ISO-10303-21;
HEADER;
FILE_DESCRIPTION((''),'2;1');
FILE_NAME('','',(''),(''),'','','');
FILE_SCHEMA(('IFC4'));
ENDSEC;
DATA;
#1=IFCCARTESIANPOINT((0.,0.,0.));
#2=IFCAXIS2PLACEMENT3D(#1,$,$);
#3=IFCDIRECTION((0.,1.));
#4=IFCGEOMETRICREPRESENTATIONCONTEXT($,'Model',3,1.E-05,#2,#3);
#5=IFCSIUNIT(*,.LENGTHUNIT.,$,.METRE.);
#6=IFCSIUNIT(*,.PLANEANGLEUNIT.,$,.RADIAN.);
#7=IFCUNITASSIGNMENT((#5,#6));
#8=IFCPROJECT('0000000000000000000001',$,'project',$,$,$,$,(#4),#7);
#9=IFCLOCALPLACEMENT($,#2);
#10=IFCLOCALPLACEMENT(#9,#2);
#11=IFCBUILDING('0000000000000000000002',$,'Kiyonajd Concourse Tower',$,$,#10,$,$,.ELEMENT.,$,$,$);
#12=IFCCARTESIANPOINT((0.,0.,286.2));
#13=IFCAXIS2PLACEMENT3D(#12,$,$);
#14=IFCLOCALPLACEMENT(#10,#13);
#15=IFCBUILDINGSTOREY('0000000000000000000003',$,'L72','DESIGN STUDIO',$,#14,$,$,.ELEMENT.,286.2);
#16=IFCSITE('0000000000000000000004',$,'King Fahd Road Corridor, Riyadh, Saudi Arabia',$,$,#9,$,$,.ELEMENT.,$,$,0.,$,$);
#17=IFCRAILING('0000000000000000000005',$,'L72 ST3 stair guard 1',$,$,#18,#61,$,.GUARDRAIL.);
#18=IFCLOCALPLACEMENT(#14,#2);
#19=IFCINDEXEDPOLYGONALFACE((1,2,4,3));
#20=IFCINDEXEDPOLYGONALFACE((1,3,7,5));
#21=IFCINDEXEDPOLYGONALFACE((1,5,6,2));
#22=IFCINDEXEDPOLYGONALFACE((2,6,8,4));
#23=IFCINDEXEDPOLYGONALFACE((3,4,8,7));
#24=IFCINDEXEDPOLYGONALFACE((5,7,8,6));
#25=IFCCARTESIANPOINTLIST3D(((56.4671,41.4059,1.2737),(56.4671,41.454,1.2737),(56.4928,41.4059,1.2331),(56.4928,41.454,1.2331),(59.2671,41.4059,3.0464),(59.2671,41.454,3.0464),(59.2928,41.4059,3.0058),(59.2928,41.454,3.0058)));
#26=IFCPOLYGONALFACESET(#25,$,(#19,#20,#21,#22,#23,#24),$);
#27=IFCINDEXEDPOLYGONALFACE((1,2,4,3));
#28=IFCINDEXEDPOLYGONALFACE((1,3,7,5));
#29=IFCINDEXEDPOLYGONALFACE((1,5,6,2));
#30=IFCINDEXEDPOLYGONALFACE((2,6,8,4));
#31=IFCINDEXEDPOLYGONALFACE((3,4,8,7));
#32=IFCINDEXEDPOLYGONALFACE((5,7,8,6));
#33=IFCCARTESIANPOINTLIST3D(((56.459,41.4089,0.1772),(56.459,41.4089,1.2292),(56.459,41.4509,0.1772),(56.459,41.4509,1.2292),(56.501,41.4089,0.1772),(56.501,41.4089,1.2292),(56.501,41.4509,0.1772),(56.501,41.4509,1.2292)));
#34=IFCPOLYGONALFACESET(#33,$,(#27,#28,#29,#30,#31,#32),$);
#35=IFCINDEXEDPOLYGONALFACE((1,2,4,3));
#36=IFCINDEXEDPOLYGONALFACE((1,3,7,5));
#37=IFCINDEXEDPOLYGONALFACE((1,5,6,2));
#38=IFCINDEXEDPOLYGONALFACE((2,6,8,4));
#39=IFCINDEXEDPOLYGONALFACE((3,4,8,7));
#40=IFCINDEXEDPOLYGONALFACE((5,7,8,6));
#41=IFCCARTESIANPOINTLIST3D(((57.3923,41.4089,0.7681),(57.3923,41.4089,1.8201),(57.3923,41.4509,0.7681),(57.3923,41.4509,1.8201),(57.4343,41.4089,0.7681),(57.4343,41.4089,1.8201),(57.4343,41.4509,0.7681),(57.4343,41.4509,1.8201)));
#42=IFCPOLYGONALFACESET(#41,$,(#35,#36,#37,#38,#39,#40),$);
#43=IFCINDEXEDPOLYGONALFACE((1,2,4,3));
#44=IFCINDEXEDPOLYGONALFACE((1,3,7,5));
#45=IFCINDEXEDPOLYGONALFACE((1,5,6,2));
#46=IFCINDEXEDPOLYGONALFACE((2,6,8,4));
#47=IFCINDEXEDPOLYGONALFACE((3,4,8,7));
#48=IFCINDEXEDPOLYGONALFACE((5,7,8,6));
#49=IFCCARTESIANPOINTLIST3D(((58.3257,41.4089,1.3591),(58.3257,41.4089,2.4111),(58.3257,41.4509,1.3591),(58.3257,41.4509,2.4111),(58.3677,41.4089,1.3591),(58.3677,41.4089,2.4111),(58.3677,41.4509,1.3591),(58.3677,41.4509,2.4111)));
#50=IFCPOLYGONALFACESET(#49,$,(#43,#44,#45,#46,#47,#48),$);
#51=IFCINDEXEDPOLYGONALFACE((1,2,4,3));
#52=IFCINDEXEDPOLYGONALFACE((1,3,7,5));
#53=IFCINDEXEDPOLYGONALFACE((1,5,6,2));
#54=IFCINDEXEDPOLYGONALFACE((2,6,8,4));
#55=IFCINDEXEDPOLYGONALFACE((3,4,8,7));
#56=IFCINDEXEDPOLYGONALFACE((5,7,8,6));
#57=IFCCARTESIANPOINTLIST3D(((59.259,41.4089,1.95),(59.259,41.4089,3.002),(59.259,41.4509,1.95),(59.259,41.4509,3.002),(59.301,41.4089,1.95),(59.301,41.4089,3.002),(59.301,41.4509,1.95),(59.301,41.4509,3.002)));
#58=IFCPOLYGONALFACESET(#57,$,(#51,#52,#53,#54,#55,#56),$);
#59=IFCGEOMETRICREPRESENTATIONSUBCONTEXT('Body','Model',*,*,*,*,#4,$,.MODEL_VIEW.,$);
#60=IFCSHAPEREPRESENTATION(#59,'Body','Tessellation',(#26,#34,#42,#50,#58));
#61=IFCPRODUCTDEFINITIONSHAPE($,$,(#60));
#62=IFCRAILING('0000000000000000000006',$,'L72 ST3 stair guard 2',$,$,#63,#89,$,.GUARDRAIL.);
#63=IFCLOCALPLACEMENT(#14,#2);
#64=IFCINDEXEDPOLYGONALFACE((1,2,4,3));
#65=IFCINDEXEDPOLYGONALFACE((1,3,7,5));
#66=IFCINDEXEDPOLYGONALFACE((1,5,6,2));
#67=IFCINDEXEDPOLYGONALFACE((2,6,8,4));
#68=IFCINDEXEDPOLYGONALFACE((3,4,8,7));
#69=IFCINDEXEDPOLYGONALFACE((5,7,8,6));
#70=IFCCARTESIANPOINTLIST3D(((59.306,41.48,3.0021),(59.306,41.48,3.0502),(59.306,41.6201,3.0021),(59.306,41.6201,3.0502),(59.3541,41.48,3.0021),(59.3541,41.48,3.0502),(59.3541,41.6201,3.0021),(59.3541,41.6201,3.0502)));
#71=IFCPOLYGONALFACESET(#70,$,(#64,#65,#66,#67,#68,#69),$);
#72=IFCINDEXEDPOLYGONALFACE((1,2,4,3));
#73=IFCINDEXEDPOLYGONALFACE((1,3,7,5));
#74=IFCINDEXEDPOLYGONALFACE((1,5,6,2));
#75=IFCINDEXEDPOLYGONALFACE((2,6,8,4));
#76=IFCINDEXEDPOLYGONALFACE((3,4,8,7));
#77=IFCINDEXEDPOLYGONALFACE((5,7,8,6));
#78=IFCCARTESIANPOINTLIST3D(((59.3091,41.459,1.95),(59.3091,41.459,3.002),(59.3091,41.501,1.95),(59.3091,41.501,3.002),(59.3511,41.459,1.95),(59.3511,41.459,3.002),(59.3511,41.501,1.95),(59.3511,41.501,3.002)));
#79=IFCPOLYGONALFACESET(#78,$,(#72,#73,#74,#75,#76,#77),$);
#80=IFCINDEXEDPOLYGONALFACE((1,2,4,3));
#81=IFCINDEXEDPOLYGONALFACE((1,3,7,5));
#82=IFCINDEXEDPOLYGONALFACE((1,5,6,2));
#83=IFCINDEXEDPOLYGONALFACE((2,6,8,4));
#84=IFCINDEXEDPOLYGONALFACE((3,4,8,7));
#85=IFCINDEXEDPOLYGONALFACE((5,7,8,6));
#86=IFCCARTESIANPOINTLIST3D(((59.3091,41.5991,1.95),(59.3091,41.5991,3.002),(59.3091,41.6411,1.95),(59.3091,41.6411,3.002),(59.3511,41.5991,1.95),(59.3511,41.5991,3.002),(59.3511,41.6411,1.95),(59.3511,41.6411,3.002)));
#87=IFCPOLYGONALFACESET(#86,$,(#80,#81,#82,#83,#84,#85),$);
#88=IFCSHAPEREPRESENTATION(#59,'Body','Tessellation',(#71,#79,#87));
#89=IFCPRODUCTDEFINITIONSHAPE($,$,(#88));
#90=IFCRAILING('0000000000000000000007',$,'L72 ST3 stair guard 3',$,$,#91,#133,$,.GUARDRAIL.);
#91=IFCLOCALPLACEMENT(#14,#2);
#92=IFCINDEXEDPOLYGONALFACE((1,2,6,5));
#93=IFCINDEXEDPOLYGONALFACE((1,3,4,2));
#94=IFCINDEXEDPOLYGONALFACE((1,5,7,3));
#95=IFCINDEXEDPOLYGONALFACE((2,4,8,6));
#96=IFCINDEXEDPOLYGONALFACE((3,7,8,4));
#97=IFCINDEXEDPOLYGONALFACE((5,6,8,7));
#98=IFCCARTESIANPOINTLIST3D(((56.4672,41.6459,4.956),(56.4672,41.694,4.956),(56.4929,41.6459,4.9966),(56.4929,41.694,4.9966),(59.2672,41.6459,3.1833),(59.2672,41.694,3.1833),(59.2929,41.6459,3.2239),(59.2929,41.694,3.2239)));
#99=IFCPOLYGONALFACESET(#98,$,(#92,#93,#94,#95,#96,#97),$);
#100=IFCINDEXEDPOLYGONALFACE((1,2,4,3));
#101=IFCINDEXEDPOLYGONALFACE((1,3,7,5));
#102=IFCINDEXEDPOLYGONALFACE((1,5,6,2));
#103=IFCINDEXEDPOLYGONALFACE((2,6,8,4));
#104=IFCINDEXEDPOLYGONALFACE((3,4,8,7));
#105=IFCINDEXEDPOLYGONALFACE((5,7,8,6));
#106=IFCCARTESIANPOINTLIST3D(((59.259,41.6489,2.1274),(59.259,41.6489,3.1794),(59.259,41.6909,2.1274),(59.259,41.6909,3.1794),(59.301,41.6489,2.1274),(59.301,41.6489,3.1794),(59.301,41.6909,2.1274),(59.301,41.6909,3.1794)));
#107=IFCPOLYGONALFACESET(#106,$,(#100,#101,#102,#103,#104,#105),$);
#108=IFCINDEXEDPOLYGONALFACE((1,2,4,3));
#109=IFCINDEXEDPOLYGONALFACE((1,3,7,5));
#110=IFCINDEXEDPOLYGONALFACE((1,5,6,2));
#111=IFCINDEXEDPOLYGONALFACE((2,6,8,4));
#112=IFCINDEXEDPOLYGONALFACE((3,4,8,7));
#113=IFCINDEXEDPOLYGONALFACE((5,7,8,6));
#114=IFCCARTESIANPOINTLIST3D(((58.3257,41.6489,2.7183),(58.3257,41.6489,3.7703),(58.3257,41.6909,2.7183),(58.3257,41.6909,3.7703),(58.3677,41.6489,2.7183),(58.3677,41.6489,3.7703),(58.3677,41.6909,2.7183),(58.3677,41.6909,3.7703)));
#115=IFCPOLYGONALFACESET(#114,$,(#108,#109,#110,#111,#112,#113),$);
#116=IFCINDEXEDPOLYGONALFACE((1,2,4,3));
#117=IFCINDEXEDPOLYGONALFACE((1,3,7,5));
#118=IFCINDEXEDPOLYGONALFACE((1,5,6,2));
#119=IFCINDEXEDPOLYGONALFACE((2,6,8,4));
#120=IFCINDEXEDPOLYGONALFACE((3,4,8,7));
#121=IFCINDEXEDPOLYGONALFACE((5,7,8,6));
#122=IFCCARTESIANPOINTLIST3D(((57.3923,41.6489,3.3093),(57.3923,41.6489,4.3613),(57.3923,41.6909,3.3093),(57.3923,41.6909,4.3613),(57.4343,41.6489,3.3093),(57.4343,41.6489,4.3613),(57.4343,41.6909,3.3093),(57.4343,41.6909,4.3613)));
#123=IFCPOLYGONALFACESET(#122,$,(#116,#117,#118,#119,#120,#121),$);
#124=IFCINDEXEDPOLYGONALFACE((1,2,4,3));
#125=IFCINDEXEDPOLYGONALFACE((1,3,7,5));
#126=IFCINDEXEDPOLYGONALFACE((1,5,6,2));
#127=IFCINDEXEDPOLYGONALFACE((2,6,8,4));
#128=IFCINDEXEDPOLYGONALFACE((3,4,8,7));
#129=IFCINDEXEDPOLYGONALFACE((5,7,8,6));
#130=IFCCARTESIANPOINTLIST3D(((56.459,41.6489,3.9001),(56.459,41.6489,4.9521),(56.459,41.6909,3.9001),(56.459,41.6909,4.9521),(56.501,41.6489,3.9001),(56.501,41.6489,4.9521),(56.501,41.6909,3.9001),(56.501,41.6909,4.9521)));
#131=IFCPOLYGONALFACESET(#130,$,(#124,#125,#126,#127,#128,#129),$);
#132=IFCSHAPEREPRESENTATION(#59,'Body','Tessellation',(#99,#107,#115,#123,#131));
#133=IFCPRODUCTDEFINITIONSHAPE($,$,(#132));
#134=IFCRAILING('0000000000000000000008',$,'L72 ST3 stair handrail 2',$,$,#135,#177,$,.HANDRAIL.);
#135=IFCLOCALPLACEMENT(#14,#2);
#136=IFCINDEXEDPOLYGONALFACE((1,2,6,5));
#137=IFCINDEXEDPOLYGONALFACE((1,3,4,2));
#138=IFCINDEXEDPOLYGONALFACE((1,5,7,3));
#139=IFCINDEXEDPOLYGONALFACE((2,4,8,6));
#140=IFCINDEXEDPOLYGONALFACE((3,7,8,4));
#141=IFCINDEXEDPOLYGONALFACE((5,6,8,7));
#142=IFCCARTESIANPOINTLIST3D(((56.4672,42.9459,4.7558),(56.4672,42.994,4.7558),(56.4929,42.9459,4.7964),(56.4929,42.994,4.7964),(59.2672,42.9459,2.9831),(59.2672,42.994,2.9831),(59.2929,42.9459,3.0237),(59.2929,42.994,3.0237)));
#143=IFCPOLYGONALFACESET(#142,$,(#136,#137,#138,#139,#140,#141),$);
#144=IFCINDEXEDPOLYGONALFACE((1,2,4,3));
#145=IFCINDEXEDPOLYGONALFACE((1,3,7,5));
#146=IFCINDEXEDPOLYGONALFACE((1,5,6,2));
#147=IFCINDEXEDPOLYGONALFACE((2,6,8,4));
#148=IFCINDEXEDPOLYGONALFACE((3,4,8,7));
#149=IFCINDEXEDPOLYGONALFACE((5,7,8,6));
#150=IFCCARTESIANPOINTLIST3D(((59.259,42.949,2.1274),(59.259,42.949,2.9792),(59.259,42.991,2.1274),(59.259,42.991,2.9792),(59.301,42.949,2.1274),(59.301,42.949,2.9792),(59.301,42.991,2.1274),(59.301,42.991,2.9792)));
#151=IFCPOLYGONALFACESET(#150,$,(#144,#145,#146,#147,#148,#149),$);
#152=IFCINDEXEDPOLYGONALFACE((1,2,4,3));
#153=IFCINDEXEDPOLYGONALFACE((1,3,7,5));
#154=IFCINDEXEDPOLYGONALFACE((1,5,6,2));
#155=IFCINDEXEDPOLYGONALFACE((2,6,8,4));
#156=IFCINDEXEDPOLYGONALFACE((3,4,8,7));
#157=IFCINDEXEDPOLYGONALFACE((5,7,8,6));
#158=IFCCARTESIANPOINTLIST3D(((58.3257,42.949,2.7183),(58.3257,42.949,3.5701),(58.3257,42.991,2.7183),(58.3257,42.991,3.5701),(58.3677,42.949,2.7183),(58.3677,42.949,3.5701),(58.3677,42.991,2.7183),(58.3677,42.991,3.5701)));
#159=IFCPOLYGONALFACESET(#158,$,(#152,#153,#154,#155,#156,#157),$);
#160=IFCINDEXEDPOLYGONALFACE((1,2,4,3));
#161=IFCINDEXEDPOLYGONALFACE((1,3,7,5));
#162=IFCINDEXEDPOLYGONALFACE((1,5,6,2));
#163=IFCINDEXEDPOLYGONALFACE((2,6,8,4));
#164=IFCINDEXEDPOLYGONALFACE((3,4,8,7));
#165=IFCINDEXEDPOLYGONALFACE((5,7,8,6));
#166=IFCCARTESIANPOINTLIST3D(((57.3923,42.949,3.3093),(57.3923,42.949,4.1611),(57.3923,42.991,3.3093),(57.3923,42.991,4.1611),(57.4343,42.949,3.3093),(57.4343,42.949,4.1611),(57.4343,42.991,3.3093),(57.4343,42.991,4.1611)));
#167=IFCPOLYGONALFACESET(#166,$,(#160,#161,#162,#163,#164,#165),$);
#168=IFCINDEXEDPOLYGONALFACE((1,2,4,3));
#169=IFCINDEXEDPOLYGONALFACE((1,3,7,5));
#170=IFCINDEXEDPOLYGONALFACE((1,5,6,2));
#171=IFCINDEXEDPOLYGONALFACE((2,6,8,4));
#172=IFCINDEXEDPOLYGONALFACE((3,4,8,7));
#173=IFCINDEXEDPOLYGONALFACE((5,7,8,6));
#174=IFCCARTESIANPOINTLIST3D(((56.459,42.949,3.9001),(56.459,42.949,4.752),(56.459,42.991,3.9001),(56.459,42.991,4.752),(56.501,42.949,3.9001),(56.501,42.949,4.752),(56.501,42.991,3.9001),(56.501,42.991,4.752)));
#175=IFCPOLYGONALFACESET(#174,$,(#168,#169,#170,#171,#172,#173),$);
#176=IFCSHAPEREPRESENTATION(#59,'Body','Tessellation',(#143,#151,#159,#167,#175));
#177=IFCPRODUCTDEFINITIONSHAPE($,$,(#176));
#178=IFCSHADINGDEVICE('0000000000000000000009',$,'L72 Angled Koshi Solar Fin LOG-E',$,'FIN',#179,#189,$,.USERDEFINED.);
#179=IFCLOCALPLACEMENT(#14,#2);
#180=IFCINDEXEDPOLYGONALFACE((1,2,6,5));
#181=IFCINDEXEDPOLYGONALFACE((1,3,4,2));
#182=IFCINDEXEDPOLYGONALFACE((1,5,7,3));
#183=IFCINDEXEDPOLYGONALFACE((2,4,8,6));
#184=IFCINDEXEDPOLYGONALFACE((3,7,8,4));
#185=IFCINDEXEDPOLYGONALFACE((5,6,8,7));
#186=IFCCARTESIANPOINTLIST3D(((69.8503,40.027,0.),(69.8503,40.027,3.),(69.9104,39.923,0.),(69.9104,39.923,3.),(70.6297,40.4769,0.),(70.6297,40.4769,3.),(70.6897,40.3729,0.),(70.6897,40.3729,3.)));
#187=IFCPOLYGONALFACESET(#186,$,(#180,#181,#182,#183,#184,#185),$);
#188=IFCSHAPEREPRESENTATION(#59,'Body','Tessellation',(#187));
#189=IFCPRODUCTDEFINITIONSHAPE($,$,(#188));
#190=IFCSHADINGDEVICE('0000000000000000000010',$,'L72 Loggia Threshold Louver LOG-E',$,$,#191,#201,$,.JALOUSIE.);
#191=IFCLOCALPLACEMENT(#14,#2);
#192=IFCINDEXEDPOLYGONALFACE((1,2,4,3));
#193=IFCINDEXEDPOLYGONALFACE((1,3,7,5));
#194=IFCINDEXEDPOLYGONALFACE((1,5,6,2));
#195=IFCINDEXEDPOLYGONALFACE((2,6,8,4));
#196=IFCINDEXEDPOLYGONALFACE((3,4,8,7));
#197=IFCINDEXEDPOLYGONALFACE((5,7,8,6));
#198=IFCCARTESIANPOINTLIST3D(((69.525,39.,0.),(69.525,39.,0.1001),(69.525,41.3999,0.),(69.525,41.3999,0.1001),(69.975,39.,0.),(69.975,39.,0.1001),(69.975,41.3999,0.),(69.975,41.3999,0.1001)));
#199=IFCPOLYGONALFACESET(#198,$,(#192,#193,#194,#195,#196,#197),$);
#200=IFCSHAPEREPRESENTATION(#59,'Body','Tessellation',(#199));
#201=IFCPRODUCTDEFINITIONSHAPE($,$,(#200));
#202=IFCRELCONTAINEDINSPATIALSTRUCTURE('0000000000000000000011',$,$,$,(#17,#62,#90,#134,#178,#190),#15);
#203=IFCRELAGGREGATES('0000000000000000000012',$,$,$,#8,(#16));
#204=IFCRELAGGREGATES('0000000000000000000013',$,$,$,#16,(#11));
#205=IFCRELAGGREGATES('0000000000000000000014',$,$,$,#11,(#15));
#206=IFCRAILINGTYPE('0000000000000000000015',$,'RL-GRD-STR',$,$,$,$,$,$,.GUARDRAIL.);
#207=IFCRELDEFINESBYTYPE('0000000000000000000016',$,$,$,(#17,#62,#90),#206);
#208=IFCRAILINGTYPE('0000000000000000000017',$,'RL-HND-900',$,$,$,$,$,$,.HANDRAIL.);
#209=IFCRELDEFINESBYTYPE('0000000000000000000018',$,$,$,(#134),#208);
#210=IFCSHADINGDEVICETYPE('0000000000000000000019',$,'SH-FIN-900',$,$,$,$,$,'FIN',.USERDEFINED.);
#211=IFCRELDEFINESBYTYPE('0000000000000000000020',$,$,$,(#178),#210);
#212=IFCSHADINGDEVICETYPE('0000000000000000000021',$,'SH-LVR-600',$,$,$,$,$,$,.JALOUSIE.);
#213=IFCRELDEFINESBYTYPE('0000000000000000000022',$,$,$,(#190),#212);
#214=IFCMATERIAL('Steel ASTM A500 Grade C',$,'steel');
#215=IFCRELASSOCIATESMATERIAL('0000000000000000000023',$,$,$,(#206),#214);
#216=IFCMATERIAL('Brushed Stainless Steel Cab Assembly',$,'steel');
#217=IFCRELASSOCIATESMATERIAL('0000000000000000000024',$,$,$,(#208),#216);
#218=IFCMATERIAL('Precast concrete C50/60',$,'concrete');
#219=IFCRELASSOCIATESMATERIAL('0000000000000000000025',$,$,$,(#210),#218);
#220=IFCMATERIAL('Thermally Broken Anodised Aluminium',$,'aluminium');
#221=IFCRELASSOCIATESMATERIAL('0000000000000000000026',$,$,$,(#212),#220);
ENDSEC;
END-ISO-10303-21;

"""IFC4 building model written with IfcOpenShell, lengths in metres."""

from ifc_helpers import new_model, si_unit, direction, frame, origin, origin_2d, place, context, subcontext, project, spatial, rectangle, extrude, material, type_object, element, save


model = new_model("IFC4")

# Units and contexts
model_context = context("Model", 3, precision=1e-05, world=origin(), true_north=direction((0.0, 1.0)))
body_context = subcontext(model_context, "Body", "Model", "MODEL_VIEW")
ifc_project = project(units=[si_unit("LENGTHUNIT", "METRE"), si_unit("PLANEANGLEUNIT", "RADIAN")], contexts=[model_context])

# Site, building, storey
site_placement = place(None, origin())
site = spatial("IfcSite", under=ifc_project, at=site_placement, Name="King Fahd Road Corridor, Riyadh, Saudi Arabia", CompositionType="ELEMENT", RefElevation=0.0)
building_placement = place(site_placement, origin())
building = spatial("IfcBuilding", under=site, at=building_placement, Name="Kiyonajd Concourse Tower", CompositionType="ELEMENT")
storey_placement = place(building_placement, frame((0.0, 0.0, 286.2)))
storey = spatial("IfcBuildingStorey", under=building, at=storey_placement, Name="L72", Description="DESIGN STUDIO", CompositionType="ELEMENT", Elevation=286.2)

# Shared definitions
ifc_material_1 = material(Name="Thermally Broken Anodised Aluminium", Category="aluminium")

# Shared definitions
ifc_material_2 = material(Name="Precast concrete C50/60", Category="concrete")

# Shared definitions
ifc_material_3 = material(Name="Brushed Stainless Steel Cab Assembly", Category="steel")

# Railings
ifc_material_4 = material(Name="Steel ASTM A500 Grade C", Category="steel")
railing_type_1 = type_object("IfcRailingType", Name="RL-GRD-STR", PredefinedType="GUARDRAIL", material=ifc_material_4)
railing_1_placement = place(storey_placement, frame((56.48, 41.4299, 0.1772)))
element("IfcRailing", 1, at=railing_1_placement, inside=storey, type_object=railing_type_1, Name="L72 ST3 stair guard 1", PredefinedType="GUARDRAIL", context=body_context, shape_type="SweptSolid", body=[
    extrude(rectangle(XDim=0.0481, YDim=0.0481, at=origin_2d()), frame((0.0, 0.0, 1.0762), z_axis=(0.844909, 0.0, 0.53491), x_axis=(0.0, 1.0, 0.0)), (0.0, 0.0, 1.0), 3.314),
    extrude(rectangle(XDim=0.042, YDim=0.042, at=origin_2d()), origin(), (0.0, 0.0, 1.0), 1.052),
    extrude(rectangle(XDim=0.042, YDim=0.042, at=origin_2d()), frame((0.9333, 0.0, 0.5908)), (0.0, 0.0, 1.0), 1.052),
    extrude(rectangle(XDim=0.042, YDim=0.042, at=origin_2d()), frame((1.8667, 0.0, 1.1819)), (0.0, 0.0, 1.0), 1.052),
    extrude(rectangle(XDim=0.042, YDim=0.042, at=origin_2d()), frame((2.8, 0.0, 1.7727)), (0.0, 0.0, 1.0), 1.052),
])
railing_2_placement = place(storey_placement, frame((59.3301, 41.48, 1.95)))
element("IfcRailing", 2, at=railing_2_placement, inside=storey, type_object=railing_type_1, Name="L72 ST3 stair guard 2", PredefinedType="GUARDRAIL", context=body_context, shape_type="SweptSolid", body=[
    extrude(rectangle(XDim=0.0481, YDim=0.0481, at=origin_2d()), frame((0.0, 0.0, 1.0762), z_axis=(0.0, 1.0, 0.0), x_axis=(-1.0, 0.0, 0.0)), (0.0, 0.0, 1.0), 0.1401),
    extrude(rectangle(XDim=0.042, YDim=0.042, at=origin_2d()), origin(), (0.0, 0.0, 1.0), 1.052),
    extrude(rectangle(XDim=0.042, YDim=0.042, at=origin_2d()), frame((0.0, 0.1401, 0.0)), (0.0, 0.0, 1.0), 1.052),
])
railing_3_placement = place(storey_placement, frame((59.28, 41.6699, 2.1274)))
element("IfcRailing", 3, at=railing_3_placement, inside=storey, type_object=railing_type_1, Name="L72 ST3 stair guard 3", PredefinedType="GUARDRAIL", context=body_context, shape_type="SweptSolid", body=[
    extrude(rectangle(XDim=0.0481, YDim=0.0481, at=origin_2d()), frame((0.0, 0.0, 1.0762), z_axis=(-0.844909, 0.0, 0.53491), x_axis=(0.0, -1.0, 0.0)), (0.0, 0.0, 1.0), 3.314),
    extrude(rectangle(XDim=0.042, YDim=0.042, at=origin_2d()), origin(), (0.0, 0.0, 1.0), 1.052),
    extrude(rectangle(XDim=0.042, YDim=0.042, at=origin_2d()), frame((-0.9333, 0.0, 0.5908)), (0.0, 0.0, 1.0), 1.052),
    extrude(rectangle(XDim=0.042, YDim=0.042, at=origin_2d()), frame((-1.8667, 0.0, 1.1819)), (0.0, 0.0, 1.0), 1.052),
    extrude(rectangle(XDim=0.042, YDim=0.042, at=origin_2d()), frame((-2.8, 0.0, 1.7727)), (0.0, 0.0, 1.0), 1.052),
])
railing_type_2 = type_object("IfcRailingType", Name="RL-HND-900", PredefinedType="HANDRAIL", material=ifc_material_3)
railing_4_placement = place(storey_placement, frame((59.28, 42.97, 2.1274)))
element("IfcRailing", 4, at=railing_4_placement, inside=storey, type_object=railing_type_2, Name="L72 ST3 stair handrail 2", PredefinedType="HANDRAIL", context=body_context, shape_type="SweptSolid", body=[
    extrude(rectangle(XDim=0.0481, YDim=0.0481, at=origin_2d()), frame((0.0, 0.0, 0.876), z_axis=(-0.844909, 0.0, 0.53491), x_axis=(0.0, -1.0, 0.0)), (0.0, 0.0, 1.0), 3.314),
    extrude(rectangle(XDim=0.042, YDim=0.042, at=origin_2d()), origin(), (0.0, 0.0, 1.0), 0.8518),
    extrude(rectangle(XDim=0.042, YDim=0.042, at=origin_2d()), frame((-0.9333, 0.0, 0.5908)), (0.0, 0.0, 1.0), 0.8518),
    extrude(rectangle(XDim=0.042, YDim=0.042, at=origin_2d()), frame((-1.8667, 0.0, 1.1819)), (0.0, 0.0, 1.0), 0.8518),
    extrude(rectangle(XDim=0.042, YDim=0.042, at=origin_2d()), frame((-2.8, 0.0, 1.7727)), (0.0, 0.0, 1.0), 0.8518),
])

# Shading devices
shading_device_type_1 = type_object("IfcShadingDeviceType", Name="SH-FIN-900", ElementType="FIN", PredefinedType="USERDEFINED", material=ifc_material_2)
shading_device_1_placement = place(storey_placement, frame((70.27, 40.2, 0.0), z_axis=(0.0, 0.0, 1.0), x_axis=(0.866025, 0.5, 0.0)))
element("IfcShadingDevice", 5, at=shading_device_1_placement, inside=storey, type_object=shading_device_type_1, Name="L72 Angled Koshi Solar Fin LOG-E", ObjectType="FIN", PredefinedType="USERDEFINED", context=body_context, shape_type="SweptSolid", body=[
    extrude(rectangle(XDim=0.8999, YDim=0.1201, at=origin_2d()), origin(), (0.0, 0.0, 1.0), 3.0),
])
shading_device_type_2 = type_object("IfcShadingDeviceType", Name="SH-LVR-600", PredefinedType="JALOUSIE", material=ifc_material_1)
shading_device_2_placement = place(storey_placement, frame((69.75, 40.2, 0.0), z_axis=(0.0, 0.0, 1.0), x_axis=(0.0, 1.0, 0.0)))
element("IfcShadingDevice", 6, at=shading_device_2_placement, inside=storey, type_object=shading_device_type_2, Name="L72 Loggia Threshold Louver LOG-E", PredefinedType="JALOUSIE", context=body_context, shape_type="SweptSolid", body=[
    extrude(rectangle(XDim=2.3999, YDim=0.45, at=origin_2d()), origin(), (0.0, 0.0, 1.0), 0.1001),
])

save(model, "model.ifc")
